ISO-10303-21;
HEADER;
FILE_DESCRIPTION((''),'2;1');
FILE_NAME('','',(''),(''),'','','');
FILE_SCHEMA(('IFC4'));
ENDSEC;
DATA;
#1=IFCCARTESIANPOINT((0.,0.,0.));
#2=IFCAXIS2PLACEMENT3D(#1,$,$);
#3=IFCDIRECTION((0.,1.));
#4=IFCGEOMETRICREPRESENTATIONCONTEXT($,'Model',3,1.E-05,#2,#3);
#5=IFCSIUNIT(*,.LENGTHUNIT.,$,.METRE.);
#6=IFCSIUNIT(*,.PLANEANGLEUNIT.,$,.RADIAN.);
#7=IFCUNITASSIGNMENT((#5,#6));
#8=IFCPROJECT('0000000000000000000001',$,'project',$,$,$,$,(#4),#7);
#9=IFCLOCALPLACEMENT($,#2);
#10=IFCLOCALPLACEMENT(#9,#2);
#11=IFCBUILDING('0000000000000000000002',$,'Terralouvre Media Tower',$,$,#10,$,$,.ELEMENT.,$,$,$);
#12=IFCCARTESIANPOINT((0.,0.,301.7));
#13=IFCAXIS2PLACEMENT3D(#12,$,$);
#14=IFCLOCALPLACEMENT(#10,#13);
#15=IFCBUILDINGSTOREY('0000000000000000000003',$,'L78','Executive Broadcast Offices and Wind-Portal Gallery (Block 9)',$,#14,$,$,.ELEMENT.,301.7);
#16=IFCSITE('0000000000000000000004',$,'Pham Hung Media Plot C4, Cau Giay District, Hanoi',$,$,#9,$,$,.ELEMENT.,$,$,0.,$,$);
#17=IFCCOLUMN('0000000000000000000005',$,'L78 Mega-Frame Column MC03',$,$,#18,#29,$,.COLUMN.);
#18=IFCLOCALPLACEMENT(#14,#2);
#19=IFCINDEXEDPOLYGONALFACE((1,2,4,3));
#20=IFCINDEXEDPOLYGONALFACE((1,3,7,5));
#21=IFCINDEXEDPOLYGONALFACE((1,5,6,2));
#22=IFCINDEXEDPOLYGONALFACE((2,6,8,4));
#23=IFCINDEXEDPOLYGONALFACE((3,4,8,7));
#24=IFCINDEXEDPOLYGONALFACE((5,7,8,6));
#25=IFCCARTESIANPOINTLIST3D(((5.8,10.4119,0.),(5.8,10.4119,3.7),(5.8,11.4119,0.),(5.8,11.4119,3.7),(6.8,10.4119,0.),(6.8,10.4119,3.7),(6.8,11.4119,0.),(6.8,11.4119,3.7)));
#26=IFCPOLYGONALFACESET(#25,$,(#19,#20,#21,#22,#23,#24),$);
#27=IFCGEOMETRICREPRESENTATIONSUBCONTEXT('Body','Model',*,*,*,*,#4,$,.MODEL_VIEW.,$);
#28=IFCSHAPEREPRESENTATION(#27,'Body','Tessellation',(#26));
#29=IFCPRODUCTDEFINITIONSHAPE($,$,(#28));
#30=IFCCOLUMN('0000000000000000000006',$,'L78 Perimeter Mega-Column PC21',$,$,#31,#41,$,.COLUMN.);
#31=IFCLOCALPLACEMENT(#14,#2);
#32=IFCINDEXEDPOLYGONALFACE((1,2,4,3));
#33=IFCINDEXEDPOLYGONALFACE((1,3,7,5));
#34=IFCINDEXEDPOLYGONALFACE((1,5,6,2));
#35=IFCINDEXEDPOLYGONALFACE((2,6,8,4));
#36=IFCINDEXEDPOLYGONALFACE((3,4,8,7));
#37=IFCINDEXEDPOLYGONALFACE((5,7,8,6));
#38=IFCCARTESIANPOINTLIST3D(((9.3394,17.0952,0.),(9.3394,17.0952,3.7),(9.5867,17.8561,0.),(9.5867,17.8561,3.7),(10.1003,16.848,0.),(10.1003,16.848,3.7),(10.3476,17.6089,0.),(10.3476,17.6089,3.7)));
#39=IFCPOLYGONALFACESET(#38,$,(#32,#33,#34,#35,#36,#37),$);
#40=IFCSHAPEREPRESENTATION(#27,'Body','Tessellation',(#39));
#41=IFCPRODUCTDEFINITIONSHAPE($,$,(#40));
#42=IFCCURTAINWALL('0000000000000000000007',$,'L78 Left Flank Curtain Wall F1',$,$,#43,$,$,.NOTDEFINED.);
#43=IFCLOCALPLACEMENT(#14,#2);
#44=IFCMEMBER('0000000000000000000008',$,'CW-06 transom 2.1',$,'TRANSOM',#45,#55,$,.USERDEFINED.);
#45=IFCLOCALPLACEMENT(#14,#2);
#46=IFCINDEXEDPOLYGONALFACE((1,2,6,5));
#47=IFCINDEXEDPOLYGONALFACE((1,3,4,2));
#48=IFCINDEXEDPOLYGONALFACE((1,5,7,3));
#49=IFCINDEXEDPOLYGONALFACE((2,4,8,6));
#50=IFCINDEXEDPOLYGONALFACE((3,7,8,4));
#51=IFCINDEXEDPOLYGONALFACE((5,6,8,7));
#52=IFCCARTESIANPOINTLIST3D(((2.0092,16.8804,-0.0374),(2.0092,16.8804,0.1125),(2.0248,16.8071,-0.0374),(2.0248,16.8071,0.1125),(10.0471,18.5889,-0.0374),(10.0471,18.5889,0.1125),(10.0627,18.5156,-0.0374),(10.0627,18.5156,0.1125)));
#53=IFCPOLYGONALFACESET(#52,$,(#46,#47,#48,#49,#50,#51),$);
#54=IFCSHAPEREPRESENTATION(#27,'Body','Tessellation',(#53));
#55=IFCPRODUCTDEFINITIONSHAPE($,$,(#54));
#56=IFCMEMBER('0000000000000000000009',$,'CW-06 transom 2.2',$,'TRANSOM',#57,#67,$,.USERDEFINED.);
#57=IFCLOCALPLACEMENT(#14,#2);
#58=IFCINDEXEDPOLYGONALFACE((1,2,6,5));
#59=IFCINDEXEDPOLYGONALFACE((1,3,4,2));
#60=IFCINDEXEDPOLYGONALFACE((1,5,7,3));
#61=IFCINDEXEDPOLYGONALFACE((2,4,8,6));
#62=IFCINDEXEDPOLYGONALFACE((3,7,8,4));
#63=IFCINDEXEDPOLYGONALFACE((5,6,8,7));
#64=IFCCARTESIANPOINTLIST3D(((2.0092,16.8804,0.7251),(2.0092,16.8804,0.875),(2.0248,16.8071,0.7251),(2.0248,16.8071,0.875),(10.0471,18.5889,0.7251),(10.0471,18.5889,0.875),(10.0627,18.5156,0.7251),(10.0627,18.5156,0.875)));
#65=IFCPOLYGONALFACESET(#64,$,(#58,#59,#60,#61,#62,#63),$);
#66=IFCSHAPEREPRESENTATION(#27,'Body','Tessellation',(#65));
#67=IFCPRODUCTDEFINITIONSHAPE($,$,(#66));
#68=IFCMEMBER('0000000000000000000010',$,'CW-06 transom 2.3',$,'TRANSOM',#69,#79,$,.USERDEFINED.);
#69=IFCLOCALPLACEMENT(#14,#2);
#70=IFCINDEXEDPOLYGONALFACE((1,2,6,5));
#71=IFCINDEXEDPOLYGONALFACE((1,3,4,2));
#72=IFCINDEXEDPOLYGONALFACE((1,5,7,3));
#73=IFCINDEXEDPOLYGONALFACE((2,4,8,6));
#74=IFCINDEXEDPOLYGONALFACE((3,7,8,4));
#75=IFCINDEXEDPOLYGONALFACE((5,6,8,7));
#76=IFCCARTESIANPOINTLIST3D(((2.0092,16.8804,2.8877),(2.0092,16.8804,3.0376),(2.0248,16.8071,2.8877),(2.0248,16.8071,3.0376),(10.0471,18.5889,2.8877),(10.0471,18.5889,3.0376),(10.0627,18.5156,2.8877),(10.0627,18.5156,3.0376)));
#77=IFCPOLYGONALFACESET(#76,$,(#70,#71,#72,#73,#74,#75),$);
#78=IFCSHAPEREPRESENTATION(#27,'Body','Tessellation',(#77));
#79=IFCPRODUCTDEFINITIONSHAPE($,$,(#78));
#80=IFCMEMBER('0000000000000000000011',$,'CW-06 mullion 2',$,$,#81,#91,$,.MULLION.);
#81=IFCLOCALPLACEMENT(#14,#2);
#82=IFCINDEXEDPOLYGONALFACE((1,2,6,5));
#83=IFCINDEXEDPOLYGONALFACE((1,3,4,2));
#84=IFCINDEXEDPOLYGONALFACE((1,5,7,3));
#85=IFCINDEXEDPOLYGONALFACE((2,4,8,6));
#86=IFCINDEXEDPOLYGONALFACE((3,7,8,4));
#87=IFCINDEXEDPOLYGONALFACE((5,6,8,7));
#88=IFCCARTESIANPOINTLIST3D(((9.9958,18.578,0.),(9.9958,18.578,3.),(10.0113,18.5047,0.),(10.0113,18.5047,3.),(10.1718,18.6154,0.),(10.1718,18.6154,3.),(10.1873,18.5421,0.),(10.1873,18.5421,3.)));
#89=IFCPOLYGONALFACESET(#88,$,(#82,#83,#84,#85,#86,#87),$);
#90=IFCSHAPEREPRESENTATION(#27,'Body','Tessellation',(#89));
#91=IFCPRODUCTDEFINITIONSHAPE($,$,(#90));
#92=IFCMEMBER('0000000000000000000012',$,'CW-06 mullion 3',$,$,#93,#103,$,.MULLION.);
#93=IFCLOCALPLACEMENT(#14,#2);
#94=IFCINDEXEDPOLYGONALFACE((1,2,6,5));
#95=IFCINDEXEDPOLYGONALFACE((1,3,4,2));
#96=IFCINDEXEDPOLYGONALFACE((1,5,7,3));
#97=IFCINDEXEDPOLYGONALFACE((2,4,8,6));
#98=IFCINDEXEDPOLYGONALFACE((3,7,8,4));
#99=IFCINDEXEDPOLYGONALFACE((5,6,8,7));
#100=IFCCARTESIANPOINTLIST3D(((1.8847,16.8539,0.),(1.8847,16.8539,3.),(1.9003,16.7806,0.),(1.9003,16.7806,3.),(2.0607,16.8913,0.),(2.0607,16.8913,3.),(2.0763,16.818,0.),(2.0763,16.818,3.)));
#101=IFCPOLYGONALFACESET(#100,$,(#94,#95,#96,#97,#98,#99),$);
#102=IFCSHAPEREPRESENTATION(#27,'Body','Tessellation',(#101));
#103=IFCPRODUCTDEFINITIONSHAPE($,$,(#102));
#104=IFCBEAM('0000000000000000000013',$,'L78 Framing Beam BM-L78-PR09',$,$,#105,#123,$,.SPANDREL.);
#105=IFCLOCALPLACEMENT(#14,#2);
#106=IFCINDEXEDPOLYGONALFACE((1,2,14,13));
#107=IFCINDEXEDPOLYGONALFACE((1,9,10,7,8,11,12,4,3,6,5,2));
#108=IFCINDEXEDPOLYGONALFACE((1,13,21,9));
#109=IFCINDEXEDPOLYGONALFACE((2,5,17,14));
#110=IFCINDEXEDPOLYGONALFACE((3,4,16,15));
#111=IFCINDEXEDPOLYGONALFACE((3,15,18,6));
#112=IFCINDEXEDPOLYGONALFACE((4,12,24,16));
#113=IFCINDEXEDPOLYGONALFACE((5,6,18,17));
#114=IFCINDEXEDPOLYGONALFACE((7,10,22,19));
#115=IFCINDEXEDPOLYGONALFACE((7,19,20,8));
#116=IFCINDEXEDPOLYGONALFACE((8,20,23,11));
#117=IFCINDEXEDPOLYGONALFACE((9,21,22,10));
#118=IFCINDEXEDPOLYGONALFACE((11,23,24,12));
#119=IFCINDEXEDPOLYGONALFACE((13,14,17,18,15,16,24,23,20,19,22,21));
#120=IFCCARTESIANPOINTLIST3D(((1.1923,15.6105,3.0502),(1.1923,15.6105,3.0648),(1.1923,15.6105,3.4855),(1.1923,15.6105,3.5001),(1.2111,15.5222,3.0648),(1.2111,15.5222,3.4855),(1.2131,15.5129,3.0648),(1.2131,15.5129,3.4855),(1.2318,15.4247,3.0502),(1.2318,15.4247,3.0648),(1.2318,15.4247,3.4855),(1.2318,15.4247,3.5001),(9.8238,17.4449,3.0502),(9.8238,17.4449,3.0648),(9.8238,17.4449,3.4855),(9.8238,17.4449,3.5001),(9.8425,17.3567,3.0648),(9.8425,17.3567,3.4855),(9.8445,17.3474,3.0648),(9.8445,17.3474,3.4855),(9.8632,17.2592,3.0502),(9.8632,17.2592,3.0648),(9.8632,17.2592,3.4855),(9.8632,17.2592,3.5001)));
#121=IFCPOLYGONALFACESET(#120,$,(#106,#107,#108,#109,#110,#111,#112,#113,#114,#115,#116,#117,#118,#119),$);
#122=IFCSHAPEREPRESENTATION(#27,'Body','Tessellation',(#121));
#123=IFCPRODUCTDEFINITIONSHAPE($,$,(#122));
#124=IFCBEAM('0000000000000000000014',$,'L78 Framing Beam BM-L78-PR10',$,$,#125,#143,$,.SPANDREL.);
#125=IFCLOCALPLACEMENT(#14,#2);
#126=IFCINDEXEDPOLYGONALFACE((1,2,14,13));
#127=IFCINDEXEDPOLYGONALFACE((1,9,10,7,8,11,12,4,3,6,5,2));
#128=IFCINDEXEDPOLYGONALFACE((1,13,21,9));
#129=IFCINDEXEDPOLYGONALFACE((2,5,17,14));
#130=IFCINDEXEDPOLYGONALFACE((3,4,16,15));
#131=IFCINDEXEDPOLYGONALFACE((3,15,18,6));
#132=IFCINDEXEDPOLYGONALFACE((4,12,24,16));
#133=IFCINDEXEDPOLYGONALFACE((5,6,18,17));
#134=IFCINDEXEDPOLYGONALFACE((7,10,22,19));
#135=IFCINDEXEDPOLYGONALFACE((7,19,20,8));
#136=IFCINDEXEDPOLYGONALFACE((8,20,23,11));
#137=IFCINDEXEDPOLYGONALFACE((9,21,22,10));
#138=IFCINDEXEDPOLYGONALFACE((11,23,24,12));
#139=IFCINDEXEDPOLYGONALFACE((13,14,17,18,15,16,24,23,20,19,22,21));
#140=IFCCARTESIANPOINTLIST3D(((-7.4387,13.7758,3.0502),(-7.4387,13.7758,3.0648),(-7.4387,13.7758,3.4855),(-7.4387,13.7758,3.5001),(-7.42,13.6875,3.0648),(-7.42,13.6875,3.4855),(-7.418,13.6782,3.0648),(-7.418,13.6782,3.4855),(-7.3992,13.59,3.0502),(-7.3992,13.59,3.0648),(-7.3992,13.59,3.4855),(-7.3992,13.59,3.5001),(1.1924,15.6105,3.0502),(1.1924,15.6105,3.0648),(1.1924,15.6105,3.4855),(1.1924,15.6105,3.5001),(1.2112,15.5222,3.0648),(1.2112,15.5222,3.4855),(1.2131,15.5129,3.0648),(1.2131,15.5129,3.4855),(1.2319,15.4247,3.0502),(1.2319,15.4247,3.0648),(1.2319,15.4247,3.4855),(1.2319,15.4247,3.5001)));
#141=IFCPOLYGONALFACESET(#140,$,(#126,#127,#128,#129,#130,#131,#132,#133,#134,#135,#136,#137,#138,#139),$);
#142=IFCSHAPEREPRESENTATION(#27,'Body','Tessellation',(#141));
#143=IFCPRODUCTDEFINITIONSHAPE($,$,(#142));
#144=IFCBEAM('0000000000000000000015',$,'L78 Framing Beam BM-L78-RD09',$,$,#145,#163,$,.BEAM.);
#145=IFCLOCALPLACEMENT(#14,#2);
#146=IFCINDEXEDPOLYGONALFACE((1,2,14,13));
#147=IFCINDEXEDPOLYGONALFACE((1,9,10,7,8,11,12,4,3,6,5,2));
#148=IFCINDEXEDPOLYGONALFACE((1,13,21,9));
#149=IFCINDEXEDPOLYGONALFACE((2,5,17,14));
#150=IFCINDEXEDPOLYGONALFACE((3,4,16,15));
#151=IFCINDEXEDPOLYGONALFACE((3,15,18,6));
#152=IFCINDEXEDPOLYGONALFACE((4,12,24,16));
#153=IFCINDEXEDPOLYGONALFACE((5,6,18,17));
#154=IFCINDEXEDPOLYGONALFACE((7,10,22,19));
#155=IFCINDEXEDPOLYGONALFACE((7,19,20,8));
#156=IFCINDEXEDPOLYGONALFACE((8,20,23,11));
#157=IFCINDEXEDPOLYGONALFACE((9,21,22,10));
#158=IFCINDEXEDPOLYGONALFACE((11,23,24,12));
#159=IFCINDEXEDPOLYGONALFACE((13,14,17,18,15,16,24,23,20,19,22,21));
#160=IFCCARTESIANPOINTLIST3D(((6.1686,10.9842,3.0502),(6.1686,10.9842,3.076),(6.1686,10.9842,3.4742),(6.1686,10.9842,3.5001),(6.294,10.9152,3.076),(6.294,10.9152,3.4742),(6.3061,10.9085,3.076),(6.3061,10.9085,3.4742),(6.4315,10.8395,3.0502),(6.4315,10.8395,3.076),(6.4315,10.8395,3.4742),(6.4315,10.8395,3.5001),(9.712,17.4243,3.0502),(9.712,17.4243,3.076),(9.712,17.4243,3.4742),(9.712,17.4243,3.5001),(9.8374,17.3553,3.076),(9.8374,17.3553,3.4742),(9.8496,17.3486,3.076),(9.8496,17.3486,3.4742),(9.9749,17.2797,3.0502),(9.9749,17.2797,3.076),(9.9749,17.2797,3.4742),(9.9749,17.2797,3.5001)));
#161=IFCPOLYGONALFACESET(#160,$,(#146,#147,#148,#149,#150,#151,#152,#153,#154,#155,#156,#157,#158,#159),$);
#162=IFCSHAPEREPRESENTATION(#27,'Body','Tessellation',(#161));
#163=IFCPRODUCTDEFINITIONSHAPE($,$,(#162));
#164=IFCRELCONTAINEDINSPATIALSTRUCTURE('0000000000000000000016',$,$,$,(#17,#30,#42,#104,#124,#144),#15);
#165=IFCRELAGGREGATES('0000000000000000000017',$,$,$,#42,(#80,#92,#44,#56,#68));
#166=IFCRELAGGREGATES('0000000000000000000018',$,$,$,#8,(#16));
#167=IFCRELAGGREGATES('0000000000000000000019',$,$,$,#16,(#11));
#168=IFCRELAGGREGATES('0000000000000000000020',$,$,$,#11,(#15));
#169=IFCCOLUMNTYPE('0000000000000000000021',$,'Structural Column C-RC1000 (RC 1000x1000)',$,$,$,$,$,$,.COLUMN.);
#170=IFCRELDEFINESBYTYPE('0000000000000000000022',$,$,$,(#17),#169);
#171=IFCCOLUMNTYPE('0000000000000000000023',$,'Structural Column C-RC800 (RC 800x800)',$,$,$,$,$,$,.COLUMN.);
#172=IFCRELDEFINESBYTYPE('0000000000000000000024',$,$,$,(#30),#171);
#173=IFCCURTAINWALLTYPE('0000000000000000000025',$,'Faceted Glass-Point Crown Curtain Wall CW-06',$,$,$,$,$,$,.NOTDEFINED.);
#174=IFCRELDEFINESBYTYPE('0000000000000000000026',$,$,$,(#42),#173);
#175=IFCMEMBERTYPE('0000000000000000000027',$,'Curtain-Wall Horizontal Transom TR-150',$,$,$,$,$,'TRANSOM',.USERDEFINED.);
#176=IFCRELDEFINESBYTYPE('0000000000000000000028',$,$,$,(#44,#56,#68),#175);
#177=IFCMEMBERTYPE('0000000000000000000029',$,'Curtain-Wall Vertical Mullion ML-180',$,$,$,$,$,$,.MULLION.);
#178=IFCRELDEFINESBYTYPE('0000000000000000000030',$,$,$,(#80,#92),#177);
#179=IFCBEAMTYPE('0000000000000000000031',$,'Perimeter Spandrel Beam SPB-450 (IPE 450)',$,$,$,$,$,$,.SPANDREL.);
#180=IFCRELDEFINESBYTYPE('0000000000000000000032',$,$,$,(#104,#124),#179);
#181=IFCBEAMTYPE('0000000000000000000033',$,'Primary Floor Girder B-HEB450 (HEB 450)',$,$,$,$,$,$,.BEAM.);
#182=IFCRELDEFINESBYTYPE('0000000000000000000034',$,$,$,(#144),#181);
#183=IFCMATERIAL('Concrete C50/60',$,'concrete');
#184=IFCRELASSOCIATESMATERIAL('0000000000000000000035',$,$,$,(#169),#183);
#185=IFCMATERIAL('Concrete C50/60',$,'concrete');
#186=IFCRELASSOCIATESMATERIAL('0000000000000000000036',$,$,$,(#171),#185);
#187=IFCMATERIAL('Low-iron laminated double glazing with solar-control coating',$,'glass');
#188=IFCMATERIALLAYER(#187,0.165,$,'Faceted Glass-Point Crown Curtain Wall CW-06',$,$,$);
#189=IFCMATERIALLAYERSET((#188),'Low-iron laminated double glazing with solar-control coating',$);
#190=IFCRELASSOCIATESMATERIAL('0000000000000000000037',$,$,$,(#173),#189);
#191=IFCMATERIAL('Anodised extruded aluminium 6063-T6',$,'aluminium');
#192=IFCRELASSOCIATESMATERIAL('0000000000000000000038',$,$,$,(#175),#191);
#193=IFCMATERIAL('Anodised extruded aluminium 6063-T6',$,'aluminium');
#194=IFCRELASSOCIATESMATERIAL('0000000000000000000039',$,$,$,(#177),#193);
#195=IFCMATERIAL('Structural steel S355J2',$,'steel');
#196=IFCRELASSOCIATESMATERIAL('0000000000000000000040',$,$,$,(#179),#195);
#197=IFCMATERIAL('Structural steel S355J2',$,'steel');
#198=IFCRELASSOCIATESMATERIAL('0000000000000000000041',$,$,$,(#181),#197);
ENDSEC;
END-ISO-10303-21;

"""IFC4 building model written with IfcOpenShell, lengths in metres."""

from ifc_helpers import new_model, si_unit, direction, frame, origin, origin_2d, place, context, subcontext, project, spatial, rectangle, i_section, extrude, material, layer, layer_set, material_profile, profile_set, type_object, element, aggregate, save


model = new_model("IFC4")

# Units and contexts
model_context = context("Model", 3, precision=1e-05, world=origin(), true_north=direction((0.0, 1.0)))
body_context = subcontext(model_context, "Body", "Model", "MODEL_VIEW")
ifc_project = project(units=[si_unit("LENGTHUNIT", "METRE"), si_unit("PLANEANGLEUNIT", "RADIAN")], contexts=[model_context])

# Site, building, storey
site_placement = place(None, origin())
site = spatial("IfcSite", under=ifc_project, at=site_placement, Name="Pham Hung Media Plot C4, Cau Giay District, Hanoi", CompositionType="ELEMENT", RefElevation=0.0)
building_placement = place(site_placement, origin())
building = spatial("IfcBuilding", under=site, at=building_placement, Name="Terralouvre Media Tower", CompositionType="ELEMENT")
storey_placement = place(building_placement, frame((0.0, 0.0, 301.7)))
storey = spatial("IfcBuildingStorey", under=building, at=storey_placement, Name="L78", Description="Executive Broadcast Offices and Wind-Portal Gallery (Block 9)", CompositionType="ELEMENT", Elevation=301.7)

# Columns
ifc_material_1 = material(Name="Concrete C50/60", Category="concrete")
ifc_material_profile_1 = material_profile(ifc_material_1, rectangle(XDim=1.0, YDim=1.0, at=origin_2d()), Name="RC 1000x1000")
ifc_profile_set_1 = profile_set([ifc_material_profile_1], Name="Concrete C50/60")
column_type_1 = type_object("IfcColumnType", Name="Structural Column C-RC1000 (RC 1000x1000)", PredefinedType="COLUMN", material=ifc_profile_set_1)
column_1_placement = place(storey_placement, frame((6.3, 10.9119, 0.0), z_axis=(0.0, 0.0, 1.0), x_axis=(1.0, 0.0, 0.0)))
element("IfcColumn", 1, at=column_1_placement, inside=storey, type_object=column_type_1, Name="L78 Mega-Frame Column MC03", PredefinedType="COLUMN", context=body_context, shape_type="SweptSolid", body=[
    extrude(rectangle(XDim=1.0, YDim=1.0, at=origin_2d()), origin(), (0.0, 0.0, 1.0), 3.7),
])
ifc_material_2 = material(Name="Concrete C50/60", Category="concrete")
ifc_material_profile_2 = material_profile(ifc_material_2, rectangle(XDim=0.8, YDim=0.8, at=origin_2d()), Name="RC 800x800")
ifc_profile_set_2 = profile_set([ifc_material_profile_2], Name="Concrete C50/60")
column_type_2 = type_object("IfcColumnType", Name="Structural Column C-RC800 (RC 800x800)", PredefinedType="COLUMN", material=ifc_profile_set_2)
column_2_placement = place(storey_placement, frame((9.8435, 17.3521, 0.0), z_axis=(0.0, 0.0, 1.0), x_axis=(0.309017, 0.951057, 0.0)))
element("IfcColumn", 2, at=column_2_placement, inside=storey, type_object=column_type_2, Name="L78 Perimeter Mega-Column PC21", PredefinedType="COLUMN", context=body_context, shape_type="SweptSolid", body=[
    extrude(rectangle(XDim=0.8, YDim=0.8, at=origin_2d()), origin(), (0.0, 0.0, 1.0), 3.7),
])

# Curtain wall, members
ifc_material_3 = material(Name="Low-iron laminated double glazing with solar-control coating", Category="glass")
ifc_layer_1 = layer(ifc_material_3, 0.165, Name="Faceted Glass-Point Crown Curtain Wall CW-06")
ifc_layer_set_1 = layer_set([ifc_layer_1], Name="Low-iron laminated double glazing with solar-control coating")
curtain_wall_type = type_object("IfcCurtainWallType", Name="Faceted Glass-Point Crown Curtain Wall CW-06", PredefinedType="NOTDEFINED", material=ifc_layer_set_1)
curtain_wall_placement = place(storey_placement, origin())
curtain_wall = element("IfcCurtainWall", 3, at=curtain_wall_placement, inside=storey, type_object=curtain_wall_type, Name="L78 Left Flank Curtain Wall F1", PredefinedType="NOTDEFINED")
ifc_material_4 = material(Name="Anodised extruded aluminium 6063-T6", Category="aluminium")
ifc_material_profile_3 = material_profile(ifc_material_4, rectangle(XDim=0.075, YDim=0.1499, at=origin_2d()), Name="ALU 75x150")
ifc_profile_set_3 = profile_set([ifc_material_profile_3], Name="Anodised extruded aluminium 6063-T6")
member_type_1 = type_object("IfcMemberType", Name="Curtain-Wall Horizontal Transom TR-150", ElementType="TRANSOM", PredefinedType="USERDEFINED", material=ifc_profile_set_3)
member_1_placement = place(storey_placement, frame((10.0549, 18.5522, 0.0376), z_axis=(-0.978148, -0.207912, 0.0), x_axis=(0.207912, -0.978148, 0.0)))
member_1 = element("IfcMember", 4, at=member_1_placement, type_object=member_type_1, Name="CW-06 transom 2.1", ObjectType="TRANSOM", PredefinedType="USERDEFINED", context=body_context, shape_type="SweptSolid", body=[
    extrude(rectangle(XDim=0.075, YDim=0.1499, at=origin_2d()), origin(), (0.0, 0.0, 1.0), 8.2175),
])
member_2_placement = place(storey_placement, frame((10.0549, 18.5522, 0.8), z_axis=(-0.978148, -0.207912, 0.0), x_axis=(0.207912, -0.978148, 0.0)))
member_2 = element("IfcMember", 5, at=member_2_placement, type_object=member_type_1, Name="CW-06 transom 2.2", ObjectType="TRANSOM", PredefinedType="USERDEFINED", context=body_context, shape_type="SweptSolid", body=[
    extrude(rectangle(XDim=0.075, YDim=0.1499, at=origin_2d()), origin(), (0.0, 0.0, 1.0), 8.2175),
])
member_3_placement = place(storey_placement, frame((10.0549, 18.5522, 2.9626), z_axis=(-0.978148, -0.207912, 0.0), x_axis=(0.207912, -0.978148, 0.0)))
member_3 = element("IfcMember", 6, at=member_3_placement, type_object=member_type_1, Name="CW-06 transom 2.3", ObjectType="TRANSOM", PredefinedType="USERDEFINED", context=body_context, shape_type="SweptSolid", body=[
    extrude(rectangle(XDim=0.075, YDim=0.1499, at=origin_2d()), origin(), (0.0, 0.0, 1.0), 8.2175),
])
ifc_material_5 = material(Name="Anodised extruded aluminium 6063-T6", Category="aluminium")
ifc_material_profile_4 = material_profile(ifc_material_5, rectangle(XDim=0.075, YDim=0.1799, at=origin_2d()), Name="ALU 75x180")
ifc_profile_set_4 = profile_set([ifc_material_profile_4], Name="Anodised extruded aluminium 6063-T6")
member_type_2 = type_object("IfcMemberType", Name="Curtain-Wall Vertical Mullion ML-180", PredefinedType="MULLION", material=ifc_profile_set_4)
member_4_placement = place(storey_placement, frame((10.0916, 18.5601, 0.0), z_axis=(0.0, 0.0, 1.0), x_axis=(0.207912, -0.978148, 0.0)))
member_4 = element("IfcMember", 7, at=member_4_placement, type_object=member_type_2, Name="CW-06 mullion 2", PredefinedType="MULLION", context=body_context, shape_type="SweptSolid", body=[
    extrude(rectangle(XDim=0.075, YDim=0.1799, at=origin_2d()), origin(), (0.0, 0.0, 1.0), 3.0),
])
member_5_placement = place(storey_placement, frame((1.9805, 16.8359, 0.0), z_axis=(0.0, 0.0, 1.0), x_axis=(0.207912, -0.978148, 0.0)))
member_5 = element("IfcMember", 8, at=member_5_placement, type_object=member_type_2, Name="CW-06 mullion 3", PredefinedType="MULLION", context=body_context, shape_type="SweptSolid", body=[
    extrude(rectangle(XDim=0.075, YDim=0.1799, at=origin_2d()), origin(), (0.0, 0.0, 1.0), 3.0),
])

# Beams
ifc_material_6 = material(Name="Structural steel S355J2", Category="steel")
ifc_material_profile_5 = material_profile(ifc_material_6, i_section(OverallWidth=0.1899, OverallDepth=0.45, WebThickness=0.0095, FlangeThickness=0.0146, at=origin_2d()), Name="IPE 450")
ifc_profile_set_5 = profile_set([ifc_material_profile_5], Name="Structural steel S355J2")
beam_type_1 = type_object("IfcBeamType", Name="Perimeter Spandrel Beam SPB-450 (IPE 450)", PredefinedType="SPANDREL", material=ifc_profile_set_5)
beam_1_placement = place(storey_placement, frame((9.8435, 17.3521, 3.2751), z_axis=(-0.978152, -0.207893, 0.0), x_axis=(0.207893, -0.978152, 0.0)))
element("IfcBeam", 9, at=beam_1_placement, inside=storey, type_object=beam_type_1, Name="L78 Framing Beam BM-L78-PR09", PredefinedType="SPANDREL", context=body_context, shape_type="SweptSolid", body=[
    extrude(i_section(OverallWidth=0.1899, OverallDepth=0.45, WebThickness=0.0095, FlangeThickness=0.0146, at=origin_2d()), origin(), (0.0, 0.0, 1.0), 8.8242),
])
beam_2_placement = place(storey_placement, frame((1.2122, 15.5176, 3.2751), z_axis=(-0.978145, -0.207925, 0.0), x_axis=(0.207925, -0.978145, 0.0)))
element("IfcBeam", 10, at=beam_2_placement, inside=storey, type_object=beam_type_1, Name="L78 Framing Beam BM-L78-PR10", PredefinedType="SPANDREL", context=body_context, shape_type="SweptSolid", body=[
    extrude(i_section(OverallWidth=0.1899, OverallDepth=0.45, WebThickness=0.0095, FlangeThickness=0.0146, at=origin_2d()), origin(), (0.0, 0.0, 1.0), 8.824),
])
ifc_material_7 = material(Name="Structural steel S355J2", Category="steel")
ifc_material_profile_6 = material_profile(ifc_material_7, i_section(OverallWidth=0.3, OverallDepth=0.45, WebThickness=0.0139, FlangeThickness=0.0259, at=origin_2d()), Name="HEB 450")
ifc_profile_set_6 = profile_set([ifc_material_profile_6], Name="Structural steel S355J2")
beam_type_2 = type_object("IfcBeamType", Name="Primary Floor Girder B-HEB450 (HEB 450)", PredefinedType="BEAM", material=ifc_profile_set_6)
beam_3_placement = place(storey_placement, frame((6.3, 10.9119, 3.2751), z_axis=(0.48206, 0.876138, 0.0), x_axis=(-0.876138, 0.48206, 0.0)))
element("IfcBeam", 11, at=beam_3_placement, inside=storey, type_object=beam_type_2, Name="L78 Framing Beam BM-L78-RD09", PredefinedType="BEAM", context=body_context, shape_type="SweptSolid", body=[
    extrude(i_section(OverallWidth=0.3, OverallDepth=0.45, WebThickness=0.0139, FlangeThickness=0.0259, at=origin_2d()), origin(), (0.0, 0.0, 1.0), 7.3506),
])

aggregate(curtain_wall, [member_4, member_5, member_1, member_2, member_3])

save(model, "model.ifc")
